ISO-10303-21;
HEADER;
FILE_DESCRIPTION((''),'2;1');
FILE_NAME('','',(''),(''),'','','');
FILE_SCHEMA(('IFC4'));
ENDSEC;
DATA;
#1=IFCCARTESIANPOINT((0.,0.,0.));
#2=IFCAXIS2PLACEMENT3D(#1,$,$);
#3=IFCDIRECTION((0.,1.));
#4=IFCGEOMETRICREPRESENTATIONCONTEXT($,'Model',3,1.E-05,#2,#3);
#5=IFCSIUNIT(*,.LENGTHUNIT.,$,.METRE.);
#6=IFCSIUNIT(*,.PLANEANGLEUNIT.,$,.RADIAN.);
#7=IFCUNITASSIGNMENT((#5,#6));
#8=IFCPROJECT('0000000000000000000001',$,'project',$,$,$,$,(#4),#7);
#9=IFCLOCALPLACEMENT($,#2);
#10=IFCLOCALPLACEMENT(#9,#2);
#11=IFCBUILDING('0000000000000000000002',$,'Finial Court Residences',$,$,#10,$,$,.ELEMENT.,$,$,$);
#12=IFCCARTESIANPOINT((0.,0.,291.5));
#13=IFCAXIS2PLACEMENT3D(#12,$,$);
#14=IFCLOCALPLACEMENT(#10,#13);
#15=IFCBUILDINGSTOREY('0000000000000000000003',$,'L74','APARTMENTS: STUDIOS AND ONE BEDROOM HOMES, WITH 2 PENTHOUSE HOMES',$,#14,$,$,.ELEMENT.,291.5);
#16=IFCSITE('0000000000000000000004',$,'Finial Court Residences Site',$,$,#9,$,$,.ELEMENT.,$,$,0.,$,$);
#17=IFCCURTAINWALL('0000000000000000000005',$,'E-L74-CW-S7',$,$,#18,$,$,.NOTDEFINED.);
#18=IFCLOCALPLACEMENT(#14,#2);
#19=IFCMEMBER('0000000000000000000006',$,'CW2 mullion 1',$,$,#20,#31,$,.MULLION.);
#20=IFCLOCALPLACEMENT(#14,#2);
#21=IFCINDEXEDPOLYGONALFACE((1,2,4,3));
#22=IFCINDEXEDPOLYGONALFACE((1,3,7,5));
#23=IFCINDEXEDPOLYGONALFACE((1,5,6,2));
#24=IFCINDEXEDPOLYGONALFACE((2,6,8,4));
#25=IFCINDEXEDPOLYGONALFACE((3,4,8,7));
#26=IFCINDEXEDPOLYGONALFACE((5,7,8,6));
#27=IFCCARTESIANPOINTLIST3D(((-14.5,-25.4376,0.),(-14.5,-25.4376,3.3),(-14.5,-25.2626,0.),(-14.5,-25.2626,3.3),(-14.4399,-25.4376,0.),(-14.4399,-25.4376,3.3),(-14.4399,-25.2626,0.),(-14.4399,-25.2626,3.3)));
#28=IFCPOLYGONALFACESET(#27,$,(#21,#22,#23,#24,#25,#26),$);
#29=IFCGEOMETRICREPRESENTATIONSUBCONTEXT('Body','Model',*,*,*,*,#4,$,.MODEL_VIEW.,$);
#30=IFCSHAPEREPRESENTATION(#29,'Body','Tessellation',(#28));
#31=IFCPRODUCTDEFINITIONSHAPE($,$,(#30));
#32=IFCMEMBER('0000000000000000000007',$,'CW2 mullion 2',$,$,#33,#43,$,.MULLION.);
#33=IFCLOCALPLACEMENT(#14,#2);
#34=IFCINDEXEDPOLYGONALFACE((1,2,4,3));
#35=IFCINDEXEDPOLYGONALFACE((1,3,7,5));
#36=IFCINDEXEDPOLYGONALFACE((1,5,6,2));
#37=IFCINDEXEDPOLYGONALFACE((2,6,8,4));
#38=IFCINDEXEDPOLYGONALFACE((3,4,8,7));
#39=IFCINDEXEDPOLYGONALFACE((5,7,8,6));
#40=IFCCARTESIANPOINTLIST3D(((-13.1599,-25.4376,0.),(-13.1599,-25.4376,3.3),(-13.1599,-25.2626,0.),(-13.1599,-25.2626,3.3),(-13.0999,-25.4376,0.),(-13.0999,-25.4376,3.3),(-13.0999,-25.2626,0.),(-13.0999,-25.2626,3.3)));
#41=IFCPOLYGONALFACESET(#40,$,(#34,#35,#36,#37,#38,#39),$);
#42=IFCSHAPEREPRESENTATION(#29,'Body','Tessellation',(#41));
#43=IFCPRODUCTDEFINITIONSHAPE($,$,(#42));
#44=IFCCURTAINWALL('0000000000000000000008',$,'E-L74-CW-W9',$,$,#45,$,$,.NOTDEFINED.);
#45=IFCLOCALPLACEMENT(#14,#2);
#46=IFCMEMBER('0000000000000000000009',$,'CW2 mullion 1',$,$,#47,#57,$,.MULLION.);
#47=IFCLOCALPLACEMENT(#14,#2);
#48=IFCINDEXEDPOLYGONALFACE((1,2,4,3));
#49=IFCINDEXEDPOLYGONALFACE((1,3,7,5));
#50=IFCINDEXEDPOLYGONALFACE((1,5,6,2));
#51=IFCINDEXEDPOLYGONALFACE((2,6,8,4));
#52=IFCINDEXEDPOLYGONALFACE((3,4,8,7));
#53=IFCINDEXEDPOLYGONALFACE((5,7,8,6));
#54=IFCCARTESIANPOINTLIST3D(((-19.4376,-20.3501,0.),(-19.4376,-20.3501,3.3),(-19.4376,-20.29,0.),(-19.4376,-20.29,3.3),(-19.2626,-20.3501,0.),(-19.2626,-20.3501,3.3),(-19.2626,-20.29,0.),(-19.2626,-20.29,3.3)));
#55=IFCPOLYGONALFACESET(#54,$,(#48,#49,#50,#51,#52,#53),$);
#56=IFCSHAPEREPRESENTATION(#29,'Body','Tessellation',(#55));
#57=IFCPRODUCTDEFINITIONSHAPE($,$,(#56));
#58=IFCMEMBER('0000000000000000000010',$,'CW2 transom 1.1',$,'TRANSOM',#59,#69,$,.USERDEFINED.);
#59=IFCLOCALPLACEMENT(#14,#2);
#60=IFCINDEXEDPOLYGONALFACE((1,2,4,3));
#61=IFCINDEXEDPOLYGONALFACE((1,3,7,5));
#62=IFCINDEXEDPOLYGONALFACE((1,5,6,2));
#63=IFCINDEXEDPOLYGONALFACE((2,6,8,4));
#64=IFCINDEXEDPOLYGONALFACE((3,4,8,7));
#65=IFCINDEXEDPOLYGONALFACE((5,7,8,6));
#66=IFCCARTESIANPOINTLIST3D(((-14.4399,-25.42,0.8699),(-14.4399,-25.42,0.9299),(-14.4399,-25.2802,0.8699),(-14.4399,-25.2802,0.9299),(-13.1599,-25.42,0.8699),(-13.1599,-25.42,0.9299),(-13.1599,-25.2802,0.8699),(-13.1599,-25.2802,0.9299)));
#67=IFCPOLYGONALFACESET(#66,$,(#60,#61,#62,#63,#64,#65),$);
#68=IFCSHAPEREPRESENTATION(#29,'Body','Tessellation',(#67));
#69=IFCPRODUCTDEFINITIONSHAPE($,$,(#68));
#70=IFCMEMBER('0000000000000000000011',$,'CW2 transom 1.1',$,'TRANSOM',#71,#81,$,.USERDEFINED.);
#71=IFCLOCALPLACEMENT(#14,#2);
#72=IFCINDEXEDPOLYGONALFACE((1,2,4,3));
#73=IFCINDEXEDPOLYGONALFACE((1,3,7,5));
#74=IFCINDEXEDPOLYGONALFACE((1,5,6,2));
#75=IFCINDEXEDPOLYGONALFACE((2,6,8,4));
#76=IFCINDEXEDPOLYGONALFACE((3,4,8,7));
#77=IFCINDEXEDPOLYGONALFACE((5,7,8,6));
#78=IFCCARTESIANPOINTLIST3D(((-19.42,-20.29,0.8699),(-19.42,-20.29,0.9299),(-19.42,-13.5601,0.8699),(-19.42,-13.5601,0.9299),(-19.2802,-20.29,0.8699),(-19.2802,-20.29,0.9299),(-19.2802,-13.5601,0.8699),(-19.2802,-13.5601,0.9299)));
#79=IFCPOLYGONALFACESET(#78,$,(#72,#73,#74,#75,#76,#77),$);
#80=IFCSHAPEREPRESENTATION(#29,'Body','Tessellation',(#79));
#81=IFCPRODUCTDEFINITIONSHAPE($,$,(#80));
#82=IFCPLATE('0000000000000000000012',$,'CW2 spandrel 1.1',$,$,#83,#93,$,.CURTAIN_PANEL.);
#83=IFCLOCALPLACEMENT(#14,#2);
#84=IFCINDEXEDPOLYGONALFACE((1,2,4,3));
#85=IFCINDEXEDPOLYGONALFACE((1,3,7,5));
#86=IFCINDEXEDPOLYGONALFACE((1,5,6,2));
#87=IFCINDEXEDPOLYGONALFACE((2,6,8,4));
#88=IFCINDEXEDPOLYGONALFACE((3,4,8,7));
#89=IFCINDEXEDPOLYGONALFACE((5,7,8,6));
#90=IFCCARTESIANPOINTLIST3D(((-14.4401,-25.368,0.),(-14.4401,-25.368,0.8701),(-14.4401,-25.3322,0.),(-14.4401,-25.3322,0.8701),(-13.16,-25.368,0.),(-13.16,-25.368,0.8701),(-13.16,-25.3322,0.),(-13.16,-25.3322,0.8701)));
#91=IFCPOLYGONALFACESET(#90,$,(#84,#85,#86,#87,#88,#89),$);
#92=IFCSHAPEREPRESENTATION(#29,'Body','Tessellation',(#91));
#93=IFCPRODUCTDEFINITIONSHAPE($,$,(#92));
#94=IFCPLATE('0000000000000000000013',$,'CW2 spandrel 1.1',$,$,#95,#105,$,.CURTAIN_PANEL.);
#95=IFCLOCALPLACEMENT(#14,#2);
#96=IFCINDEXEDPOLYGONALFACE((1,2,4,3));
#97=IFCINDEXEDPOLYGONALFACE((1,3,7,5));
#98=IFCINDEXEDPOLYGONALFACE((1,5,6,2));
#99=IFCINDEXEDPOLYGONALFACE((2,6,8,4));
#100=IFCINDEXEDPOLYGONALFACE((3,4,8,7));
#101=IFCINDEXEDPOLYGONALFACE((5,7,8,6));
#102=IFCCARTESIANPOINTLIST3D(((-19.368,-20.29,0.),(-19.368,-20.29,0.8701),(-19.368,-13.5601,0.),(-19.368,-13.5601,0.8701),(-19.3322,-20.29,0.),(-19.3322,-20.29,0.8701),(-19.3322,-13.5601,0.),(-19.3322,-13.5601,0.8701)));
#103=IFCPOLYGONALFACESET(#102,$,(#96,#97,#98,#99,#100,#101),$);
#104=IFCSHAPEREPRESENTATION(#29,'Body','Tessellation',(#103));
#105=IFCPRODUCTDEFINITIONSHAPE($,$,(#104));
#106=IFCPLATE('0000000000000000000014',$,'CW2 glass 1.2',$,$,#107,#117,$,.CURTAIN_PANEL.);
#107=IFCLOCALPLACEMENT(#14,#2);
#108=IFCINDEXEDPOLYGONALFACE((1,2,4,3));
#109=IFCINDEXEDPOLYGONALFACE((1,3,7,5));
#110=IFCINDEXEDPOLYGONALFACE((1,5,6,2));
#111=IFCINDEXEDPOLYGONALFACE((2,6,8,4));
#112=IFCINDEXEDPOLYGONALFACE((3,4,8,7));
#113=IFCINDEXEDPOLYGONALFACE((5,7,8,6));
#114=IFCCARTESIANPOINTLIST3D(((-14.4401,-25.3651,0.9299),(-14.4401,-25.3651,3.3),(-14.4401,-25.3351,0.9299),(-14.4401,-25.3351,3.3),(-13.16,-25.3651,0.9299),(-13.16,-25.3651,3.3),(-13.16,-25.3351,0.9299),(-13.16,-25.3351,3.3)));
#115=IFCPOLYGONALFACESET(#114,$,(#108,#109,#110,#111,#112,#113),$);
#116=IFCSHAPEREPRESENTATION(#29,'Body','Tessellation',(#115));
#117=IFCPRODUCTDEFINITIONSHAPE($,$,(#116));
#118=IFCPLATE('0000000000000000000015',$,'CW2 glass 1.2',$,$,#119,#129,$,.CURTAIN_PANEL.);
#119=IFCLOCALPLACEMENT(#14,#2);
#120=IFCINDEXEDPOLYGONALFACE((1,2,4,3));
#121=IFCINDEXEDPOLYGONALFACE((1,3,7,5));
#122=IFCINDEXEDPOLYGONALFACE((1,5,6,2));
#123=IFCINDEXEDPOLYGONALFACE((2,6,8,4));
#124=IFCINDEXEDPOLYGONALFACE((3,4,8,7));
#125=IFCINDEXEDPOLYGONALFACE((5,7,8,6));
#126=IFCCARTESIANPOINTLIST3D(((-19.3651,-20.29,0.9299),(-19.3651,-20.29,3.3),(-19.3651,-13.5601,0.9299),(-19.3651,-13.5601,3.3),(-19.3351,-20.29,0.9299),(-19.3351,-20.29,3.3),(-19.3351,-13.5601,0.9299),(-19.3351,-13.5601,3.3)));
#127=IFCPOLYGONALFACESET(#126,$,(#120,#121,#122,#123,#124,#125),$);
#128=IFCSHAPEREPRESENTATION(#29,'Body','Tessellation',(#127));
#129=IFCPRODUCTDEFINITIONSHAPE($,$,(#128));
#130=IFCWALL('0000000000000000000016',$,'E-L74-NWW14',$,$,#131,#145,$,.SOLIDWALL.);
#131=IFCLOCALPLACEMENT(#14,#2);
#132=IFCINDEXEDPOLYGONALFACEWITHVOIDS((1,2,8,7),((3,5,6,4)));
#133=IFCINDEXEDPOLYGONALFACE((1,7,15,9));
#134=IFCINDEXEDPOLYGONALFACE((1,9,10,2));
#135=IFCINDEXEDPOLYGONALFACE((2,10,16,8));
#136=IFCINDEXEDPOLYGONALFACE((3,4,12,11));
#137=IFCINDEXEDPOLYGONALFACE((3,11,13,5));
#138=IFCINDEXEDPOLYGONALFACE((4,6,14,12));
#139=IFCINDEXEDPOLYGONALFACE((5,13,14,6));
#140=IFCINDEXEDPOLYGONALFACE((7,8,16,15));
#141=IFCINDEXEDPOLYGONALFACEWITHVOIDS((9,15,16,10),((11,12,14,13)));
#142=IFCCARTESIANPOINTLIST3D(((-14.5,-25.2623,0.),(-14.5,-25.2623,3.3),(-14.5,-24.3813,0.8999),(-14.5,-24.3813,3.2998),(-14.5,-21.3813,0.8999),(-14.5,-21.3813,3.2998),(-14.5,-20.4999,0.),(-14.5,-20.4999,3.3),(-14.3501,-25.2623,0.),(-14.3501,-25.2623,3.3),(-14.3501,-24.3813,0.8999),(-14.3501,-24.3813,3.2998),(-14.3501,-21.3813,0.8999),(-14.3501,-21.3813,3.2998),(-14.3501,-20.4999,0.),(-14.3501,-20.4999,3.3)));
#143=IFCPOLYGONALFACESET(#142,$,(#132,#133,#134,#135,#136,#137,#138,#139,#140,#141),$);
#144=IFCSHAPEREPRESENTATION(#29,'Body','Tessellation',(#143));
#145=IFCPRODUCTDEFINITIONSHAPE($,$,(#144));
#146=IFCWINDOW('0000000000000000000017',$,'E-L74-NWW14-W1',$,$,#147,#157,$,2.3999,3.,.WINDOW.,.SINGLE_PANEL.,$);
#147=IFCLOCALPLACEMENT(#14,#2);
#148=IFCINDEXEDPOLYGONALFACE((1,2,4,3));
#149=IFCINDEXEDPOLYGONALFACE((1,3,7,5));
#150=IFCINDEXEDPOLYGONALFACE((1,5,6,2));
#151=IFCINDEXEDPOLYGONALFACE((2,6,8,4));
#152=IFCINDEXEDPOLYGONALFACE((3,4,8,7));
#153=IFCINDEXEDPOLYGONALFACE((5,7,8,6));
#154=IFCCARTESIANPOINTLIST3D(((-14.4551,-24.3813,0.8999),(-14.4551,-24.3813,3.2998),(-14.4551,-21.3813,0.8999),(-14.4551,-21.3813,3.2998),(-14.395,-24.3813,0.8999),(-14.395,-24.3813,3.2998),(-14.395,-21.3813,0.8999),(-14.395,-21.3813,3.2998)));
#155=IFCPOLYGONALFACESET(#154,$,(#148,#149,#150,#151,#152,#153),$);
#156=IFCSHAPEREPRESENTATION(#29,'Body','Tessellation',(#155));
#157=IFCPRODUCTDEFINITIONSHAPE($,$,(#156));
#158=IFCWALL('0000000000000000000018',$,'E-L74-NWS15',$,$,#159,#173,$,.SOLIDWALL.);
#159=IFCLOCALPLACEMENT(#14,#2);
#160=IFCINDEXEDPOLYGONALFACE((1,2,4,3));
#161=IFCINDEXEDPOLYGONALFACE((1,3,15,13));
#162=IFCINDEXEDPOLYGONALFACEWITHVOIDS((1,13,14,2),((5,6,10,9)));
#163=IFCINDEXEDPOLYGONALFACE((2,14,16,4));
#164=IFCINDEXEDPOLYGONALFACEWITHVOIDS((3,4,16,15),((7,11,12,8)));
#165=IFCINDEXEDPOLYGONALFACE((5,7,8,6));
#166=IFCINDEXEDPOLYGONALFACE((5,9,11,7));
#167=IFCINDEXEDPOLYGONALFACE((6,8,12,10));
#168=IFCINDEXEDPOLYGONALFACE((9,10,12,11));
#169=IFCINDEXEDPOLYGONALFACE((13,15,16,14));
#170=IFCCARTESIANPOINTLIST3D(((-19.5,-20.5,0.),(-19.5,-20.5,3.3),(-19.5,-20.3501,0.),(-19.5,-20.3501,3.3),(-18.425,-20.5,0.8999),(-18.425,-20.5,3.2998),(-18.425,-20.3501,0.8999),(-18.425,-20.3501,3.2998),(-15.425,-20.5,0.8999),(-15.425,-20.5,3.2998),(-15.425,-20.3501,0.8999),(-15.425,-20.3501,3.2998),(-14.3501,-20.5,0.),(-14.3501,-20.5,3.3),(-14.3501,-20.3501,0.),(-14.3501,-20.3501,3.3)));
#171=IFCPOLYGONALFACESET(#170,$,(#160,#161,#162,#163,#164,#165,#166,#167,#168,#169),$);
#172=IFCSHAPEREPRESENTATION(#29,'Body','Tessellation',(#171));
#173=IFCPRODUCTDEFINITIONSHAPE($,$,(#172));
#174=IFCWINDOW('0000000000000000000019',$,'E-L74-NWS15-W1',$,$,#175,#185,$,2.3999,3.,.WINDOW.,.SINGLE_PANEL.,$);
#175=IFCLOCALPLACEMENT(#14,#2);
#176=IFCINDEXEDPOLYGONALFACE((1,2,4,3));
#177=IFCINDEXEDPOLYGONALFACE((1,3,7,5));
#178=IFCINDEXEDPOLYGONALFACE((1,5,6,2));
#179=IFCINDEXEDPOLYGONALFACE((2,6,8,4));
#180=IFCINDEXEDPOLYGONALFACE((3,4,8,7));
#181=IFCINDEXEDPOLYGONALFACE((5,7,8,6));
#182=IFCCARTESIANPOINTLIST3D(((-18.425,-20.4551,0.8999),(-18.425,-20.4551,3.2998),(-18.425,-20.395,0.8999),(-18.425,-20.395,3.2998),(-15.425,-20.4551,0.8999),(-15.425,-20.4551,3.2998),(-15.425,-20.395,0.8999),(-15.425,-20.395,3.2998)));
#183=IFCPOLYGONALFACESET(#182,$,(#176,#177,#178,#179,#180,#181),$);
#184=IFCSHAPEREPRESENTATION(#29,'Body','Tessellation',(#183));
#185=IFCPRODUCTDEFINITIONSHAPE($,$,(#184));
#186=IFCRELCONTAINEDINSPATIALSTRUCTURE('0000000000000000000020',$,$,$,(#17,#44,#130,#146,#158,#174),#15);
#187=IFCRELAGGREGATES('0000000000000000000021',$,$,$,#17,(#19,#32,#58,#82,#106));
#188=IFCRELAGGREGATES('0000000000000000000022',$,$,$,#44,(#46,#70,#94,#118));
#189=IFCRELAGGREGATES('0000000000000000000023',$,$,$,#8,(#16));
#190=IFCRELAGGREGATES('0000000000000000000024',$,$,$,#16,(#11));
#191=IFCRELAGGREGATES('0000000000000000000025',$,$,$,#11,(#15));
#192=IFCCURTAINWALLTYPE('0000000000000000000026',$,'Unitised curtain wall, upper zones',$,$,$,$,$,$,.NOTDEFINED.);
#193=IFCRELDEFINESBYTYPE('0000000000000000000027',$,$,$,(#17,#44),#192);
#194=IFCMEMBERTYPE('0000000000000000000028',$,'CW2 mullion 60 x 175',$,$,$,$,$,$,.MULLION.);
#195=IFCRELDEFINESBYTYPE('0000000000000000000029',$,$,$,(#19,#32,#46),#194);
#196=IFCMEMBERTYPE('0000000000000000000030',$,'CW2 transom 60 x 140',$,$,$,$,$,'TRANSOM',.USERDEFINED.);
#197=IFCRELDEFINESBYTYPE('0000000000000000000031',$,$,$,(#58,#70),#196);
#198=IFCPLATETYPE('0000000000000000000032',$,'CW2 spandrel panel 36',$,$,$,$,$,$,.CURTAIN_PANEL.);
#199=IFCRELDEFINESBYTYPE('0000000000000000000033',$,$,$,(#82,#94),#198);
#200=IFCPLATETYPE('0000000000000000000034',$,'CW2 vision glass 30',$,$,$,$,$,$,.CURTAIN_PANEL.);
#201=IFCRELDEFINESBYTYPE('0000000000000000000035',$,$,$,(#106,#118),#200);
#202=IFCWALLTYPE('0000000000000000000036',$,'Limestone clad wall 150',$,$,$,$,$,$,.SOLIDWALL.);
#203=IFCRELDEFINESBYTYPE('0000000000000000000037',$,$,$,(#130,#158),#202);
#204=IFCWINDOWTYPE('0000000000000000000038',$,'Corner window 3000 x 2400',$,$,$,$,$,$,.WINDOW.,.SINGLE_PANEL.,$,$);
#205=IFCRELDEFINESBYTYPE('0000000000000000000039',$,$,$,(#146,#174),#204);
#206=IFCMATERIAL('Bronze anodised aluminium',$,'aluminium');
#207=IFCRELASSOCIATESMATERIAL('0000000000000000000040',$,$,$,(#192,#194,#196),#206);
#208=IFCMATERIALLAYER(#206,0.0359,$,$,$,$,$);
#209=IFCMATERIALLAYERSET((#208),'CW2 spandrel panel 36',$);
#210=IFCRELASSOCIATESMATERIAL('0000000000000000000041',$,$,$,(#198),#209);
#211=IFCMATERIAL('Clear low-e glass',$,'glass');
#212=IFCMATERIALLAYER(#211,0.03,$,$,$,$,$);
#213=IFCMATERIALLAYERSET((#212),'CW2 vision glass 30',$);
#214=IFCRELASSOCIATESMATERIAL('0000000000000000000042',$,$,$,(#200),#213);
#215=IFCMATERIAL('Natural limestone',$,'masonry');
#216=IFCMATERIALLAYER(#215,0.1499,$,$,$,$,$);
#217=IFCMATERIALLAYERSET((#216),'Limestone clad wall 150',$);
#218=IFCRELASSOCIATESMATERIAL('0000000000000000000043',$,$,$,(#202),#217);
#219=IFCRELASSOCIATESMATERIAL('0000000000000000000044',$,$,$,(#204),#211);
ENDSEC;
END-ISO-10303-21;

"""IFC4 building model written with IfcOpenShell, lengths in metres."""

from ifc_helpers import new_model, si_unit, direction, frame, frame_2d, origin, origin_2d, place, context, subcontext, project, spatial, rectangle, extrude, material, layer, layer_set, material_profile, profile_set, type_object, element, fill, aggregate, save


model = new_model("IFC4")

# Units and contexts
model_context = context("Model", 3, precision=1e-05, world=origin(), true_north=direction((0.0, 1.0)))
body_context = subcontext(model_context, "Body", "Model", "MODEL_VIEW")
ifc_project = project(units=[si_unit("LENGTHUNIT", "METRE"), si_unit("PLANEANGLEUNIT", "RADIAN")], contexts=[model_context])

# Site, building, storey
site_placement = place(None, origin())
site = spatial("IfcSite", under=ifc_project, at=site_placement, Name="Finial Court Residences Site", CompositionType="ELEMENT", RefElevation=0.0)
building_placement = place(site_placement, origin())
building = spatial("IfcBuilding", under=site, at=building_placement, Name="Finial Court Residences", CompositionType="ELEMENT")
storey_placement = place(building_placement, frame((0.0, 0.0, 291.5)))
storey = spatial("IfcBuildingStorey", under=building, at=storey_placement, Name="L74", Description="APARTMENTS: STUDIOS AND ONE BEDROOM HOMES, WITH 2 PENTHOUSE HOMES", CompositionType="ELEMENT", Elevation=291.5)

# Curtain wall, members
ifc_material_1 = material(Name="Bronze anodised aluminium", Category="aluminium")
curtain_wall_type = type_object("IfcCurtainWallType", Name="Unitised curtain wall, upper zones", PredefinedType="NOTDEFINED", material=ifc_material_1)
curtain_wall_1_placement = place(storey_placement, origin())
curtain_wall_1 = element("IfcCurtainWall", 1, at=curtain_wall_1_placement, inside=storey, type_object=curtain_wall_type, Name="E-L74-CW-S7", PredefinedType="NOTDEFINED")
ifc_material_profile_1 = material_profile(ifc_material_1, rectangle(XDim=0.175, YDim=0.0601, at=origin_2d()), Name="CW2 mullion 60 x 175")
ifc_profile_set_1 = profile_set([ifc_material_profile_1], Name="Bronze anodised aluminium")
member_type_1 = type_object("IfcMemberType", Name="CW2 mullion 60 x 175", PredefinedType="MULLION", material=ifc_profile_set_1)
member_1_placement = place(storey_placement, frame((-14.47, -25.3501, 0.0), z_axis=(0.0, 0.0, 1.0), x_axis=(0.0, 1.0, 0.0)))
member_1 = element("IfcMember", 2, at=member_1_placement, type_object=member_type_1, Name="CW2 mullion 1", PredefinedType="MULLION", context=body_context, shape_type="SweptSolid", body=[
    extrude(rectangle(XDim=0.175, YDim=0.0601, at=origin_2d()), origin(), (0.0, 0.0, 1.0), 3.3),
])
member_2_placement = place(storey_placement, frame((-13.1299, -25.3501, 0.0), z_axis=(0.0, 0.0, 1.0), x_axis=(0.0, 1.0, 0.0)))
member_2 = element("IfcMember", 3, at=member_2_placement, type_object=member_type_1, Name="CW2 mullion 2", PredefinedType="MULLION", context=body_context, shape_type="SweptSolid", body=[
    extrude(rectangle(XDim=0.175, YDim=0.0601, at=origin_2d()), origin(), (0.0, 0.0, 1.0), 3.3),
])

# Curtain wall, member
curtain_wall_2_placement = place(storey_placement, origin())
curtain_wall_2 = element("IfcCurtainWall", 4, at=curtain_wall_2_placement, inside=storey, type_object=curtain_wall_type, Name="E-L74-CW-W9", PredefinedType="NOTDEFINED")
member_3_placement = place(storey_placement, frame((-19.3501, -20.3201, 0.0), z_axis=(0.0, 0.0, 1.0), x_axis=(-1.0, 0.0, 0.0)))
member_3 = element("IfcMember", 5, at=member_3_placement, type_object=member_type_1, Name="CW2 mullion 1", PredefinedType="MULLION", context=body_context, shape_type="SweptSolid", body=[
    extrude(rectangle(XDim=0.175, YDim=0.0601, at=origin_2d()), origin(), (0.0, 0.0, 1.0), 3.3),
])

# Members
ifc_material_profile_2 = material_profile(ifc_material_1, rectangle(XDim=0.1399, YDim=0.0601, at=origin_2d()), Name="CW2 transom 60 x 140")
ifc_profile_set_2 = profile_set([ifc_material_profile_2], Name="Bronze anodised aluminium")
member_type_2 = type_object("IfcMemberType", Name="CW2 transom 60 x 140", ElementType="TRANSOM", PredefinedType="USERDEFINED", material=ifc_profile_set_2)
member_4_placement = place(storey_placement, frame((-14.4399, -25.3501, 0.8999), z_axis=(1.0, 0.0, 0.0), x_axis=(0.0, 1.0, 0.0)))
member_4 = element("IfcMember", 6, at=member_4_placement, type_object=member_type_2, Name="CW2 transom 1.1", ObjectType="TRANSOM", PredefinedType="USERDEFINED", context=body_context, shape_type="SweptSolid", body=[
    extrude(rectangle(XDim=0.1399, YDim=0.0601, at=origin_2d()), origin(), (0.0, 0.0, 1.0), 1.28),
])
member_5_placement = place(storey_placement, frame((-19.3501, -20.29, 0.8999), z_axis=(0.0, 1.0, 0.0), x_axis=(-1.0, 0.0, 0.0)))
member_5 = element("IfcMember", 7, at=member_5_placement, type_object=member_type_2, Name="CW2 transom 1.1", ObjectType="TRANSOM", PredefinedType="USERDEFINED", context=body_context, shape_type="SweptSolid", body=[
    extrude(rectangle(XDim=0.1399, YDim=0.0601, at=origin_2d()), origin(), (0.0, 0.0, 1.0), 6.73),
])

# Plates
ifc_layer_1 = layer(ifc_material_1, 0.0359)
ifc_layer_set_1 = layer_set([ifc_layer_1], Name="CW2 spandrel panel 36")
plate_type_1 = type_object("IfcPlateType", Name="CW2 spandrel panel 36", PredefinedType="CURTAIN_PANEL", material=ifc_layer_set_1)
plate_1_placement = place(storey_placement, frame((-13.8, -25.3501, 0.0), z_axis=(0.0, 0.0, 1.0), x_axis=(1.0, 0.0, 0.0)))
plate_1 = element("IfcPlate", 8, at=plate_1_placement, type_object=plate_type_1, Name="CW2 spandrel 1.1", PredefinedType="CURTAIN_PANEL", context=body_context, shape_type="SweptSolid", body=[
    extrude(rectangle(XDim=1.28, YDim=0.0359, at=origin_2d()), origin(), (0.0, 0.0, 1.0), 0.8701),
])
plate_2_placement = place(storey_placement, frame((-19.3501, -16.925, 0.0), z_axis=(0.0, 0.0, 1.0), x_axis=(0.0, 1.0, 0.0)))
plate_2 = element("IfcPlate", 9, at=plate_2_placement, type_object=plate_type_1, Name="CW2 spandrel 1.1", PredefinedType="CURTAIN_PANEL", context=body_context, shape_type="SweptSolid", body=[
    extrude(rectangle(XDim=6.73, YDim=0.0359, at=origin_2d()), origin(), (0.0, 0.0, 1.0), 0.8701),
])
ifc_material_2 = material(Name="Clear low-e glass", Category="glass")
ifc_layer_2 = layer(ifc_material_2, 0.03)
ifc_layer_set_2 = layer_set([ifc_layer_2], Name="CW2 vision glass 30")
plate_type_2 = type_object("IfcPlateType", Name="CW2 vision glass 30", PredefinedType="CURTAIN_PANEL", material=ifc_layer_set_2)
plate_3_placement = place(storey_placement, frame((-13.8, -25.3501, 0.9299), z_axis=(0.0, 0.0, 1.0), x_axis=(1.0, 0.0, 0.0)))
plate_3 = element("IfcPlate", 10, at=plate_3_placement, type_object=plate_type_2, Name="CW2 glass 1.2", PredefinedType="CURTAIN_PANEL", context=body_context, shape_type="SweptSolid", body=[
    extrude(rectangle(XDim=1.28, YDim=0.03, at=origin_2d()), origin(), (0.0, 0.0, 1.0), 2.3701),
])
aggregate(curtain_wall_1, [member_1, member_2, member_4, plate_1, plate_3])
plate_4_placement = place(storey_placement, frame((-19.3501, -16.925, 0.9299), z_axis=(0.0, 0.0, 1.0), x_axis=(0.0, 1.0, 0.0)))
plate_4 = element("IfcPlate", 11, at=plate_4_placement, type_object=plate_type_2, Name="CW2 glass 1.2", PredefinedType="CURTAIN_PANEL", context=body_context, shape_type="SweptSolid", body=[
    extrude(rectangle(XDim=6.73, YDim=0.03, at=origin_2d()), origin(), (0.0, 0.0, 1.0), 2.3701),
])
aggregate(curtain_wall_2, [member_3, member_5, plate_2, plate_4])

# Walls, openings, windows
ifc_material_3 = material(Name="Natural limestone", Category="masonry")
ifc_layer_3 = layer(ifc_material_3, 0.1499)
ifc_layer_set_3 = layer_set([ifc_layer_3], Name="Limestone clad wall 150")
wall_type = type_object("IfcWallType", Name="Limestone clad wall 150", PredefinedType="SOLIDWALL", material=ifc_layer_set_3)
wall_1_placement = place(storey_placement, frame((-14.425, -25.2625, 0.0), z_axis=(0.0, 0.0, 1.0), x_axis=(0.0, 1.0, 0.0)))
wall_1 = element("IfcWall", 12, at=wall_1_placement, inside=storey, type_object=wall_type, Name="E-L74-NWW14", PredefinedType="SOLIDWALL", context=body_context, shape_type="SweptSolid", body=[
    extrude(rectangle(XDim=4.7625, YDim=0.1499, at=frame_2d((2.3813, 0.0))), origin(), (0.0, 0.0, 1.0), 3.3),
])
opening_1_placement = place(wall_1_placement, frame((0.8811, 0.0, 0.8999)))
opening_1 = element("IfcOpeningElement", 13, at=opening_1_placement, cuts=wall_1, PredefinedType="OPENING", context=body_context, shape_type="SweptSolid", body=[
    extrude(rectangle(XDim=3.0, YDim=2.3999, at=frame_2d((1.5, 1.2))), frame((0.0, 0.085, 0.0), z_axis=(0.0, -1.0, 0.0), x_axis=(1.0, 0.0, 0.0)), (0.0, 0.0, 1.0), 0.1699),
])
window_type = type_object("IfcWindowType", Name="Corner window 3000 x 2400", PartitioningType="SINGLE_PANEL", PredefinedType="WINDOW", material=ifc_material_2)
window_1_placement = place(opening_1_placement, origin())
window_1 = element("IfcWindow", 14, at=window_1_placement, inside=storey, type_object=window_type, Name="E-L74-NWW14-W1", OverallHeight=2.3999, OverallWidth=3.0, PartitioningType="SINGLE_PANEL", PredefinedType="WINDOW", context=body_context, shape_type="SweptSolid", body=[
    extrude(rectangle(XDim=3.0, YDim=2.3999, at=frame_2d((1.5, 1.2))), frame((0.0, 0.03, 0.0), z_axis=(0.0, -1.0, 0.0), x_axis=(1.0, 0.0, 0.0)), (0.0, 0.0, 1.0), 0.0601),
])
fill(opening_1, window_1)
wall_2_placement = place(storey_placement, frame((-14.3501, -20.425, 0.0), z_axis=(0.0, 0.0, 1.0), x_axis=(-1.0, 0.0, 0.0)))
wall_2 = element("IfcWall", 15, at=wall_2_placement, inside=storey, type_object=wall_type, Name="E-L74-NWS15", PredefinedType="SOLIDWALL", context=body_context, shape_type="SweptSolid", body=[
    extrude(rectangle(XDim=5.1499, YDim=0.1499, at=frame_2d((2.575, 0.0))), origin(), (0.0, 0.0, 1.0), 3.3),
])
opening_2_placement = place(wall_2_placement, frame((1.075, 0.0, 0.8999)))
opening_2 = element("IfcOpeningElement", 16, at=opening_2_placement, cuts=wall_2, PredefinedType="OPENING", context=body_context, shape_type="SweptSolid", body=[
    extrude(rectangle(XDim=3.0, YDim=2.3999, at=frame_2d((1.5, 1.2))), frame((0.0, 0.085, 0.0), z_axis=(0.0, -1.0, 0.0), x_axis=(1.0, 0.0, 0.0)), (0.0, 0.0, 1.0), 0.1699),
])
window_2_placement = place(opening_2_placement, origin())
window_2 = element("IfcWindow", 17, at=window_2_placement, inside=storey, type_object=window_type, Name="E-L74-NWS15-W1", OverallHeight=2.3999, OverallWidth=3.0, PartitioningType="SINGLE_PANEL", PredefinedType="WINDOW", context=body_context, shape_type="SweptSolid", body=[
    extrude(rectangle(XDim=3.0, YDim=2.3999, at=frame_2d((1.5, 1.2))), frame((0.0, 0.03, 0.0), z_axis=(0.0, -1.0, 0.0), x_axis=(1.0, 0.0, 0.0)), (0.0, 0.0, 1.0), 0.0601),
])
fill(opening_2, window_2)

save(model, "model.ifc")
